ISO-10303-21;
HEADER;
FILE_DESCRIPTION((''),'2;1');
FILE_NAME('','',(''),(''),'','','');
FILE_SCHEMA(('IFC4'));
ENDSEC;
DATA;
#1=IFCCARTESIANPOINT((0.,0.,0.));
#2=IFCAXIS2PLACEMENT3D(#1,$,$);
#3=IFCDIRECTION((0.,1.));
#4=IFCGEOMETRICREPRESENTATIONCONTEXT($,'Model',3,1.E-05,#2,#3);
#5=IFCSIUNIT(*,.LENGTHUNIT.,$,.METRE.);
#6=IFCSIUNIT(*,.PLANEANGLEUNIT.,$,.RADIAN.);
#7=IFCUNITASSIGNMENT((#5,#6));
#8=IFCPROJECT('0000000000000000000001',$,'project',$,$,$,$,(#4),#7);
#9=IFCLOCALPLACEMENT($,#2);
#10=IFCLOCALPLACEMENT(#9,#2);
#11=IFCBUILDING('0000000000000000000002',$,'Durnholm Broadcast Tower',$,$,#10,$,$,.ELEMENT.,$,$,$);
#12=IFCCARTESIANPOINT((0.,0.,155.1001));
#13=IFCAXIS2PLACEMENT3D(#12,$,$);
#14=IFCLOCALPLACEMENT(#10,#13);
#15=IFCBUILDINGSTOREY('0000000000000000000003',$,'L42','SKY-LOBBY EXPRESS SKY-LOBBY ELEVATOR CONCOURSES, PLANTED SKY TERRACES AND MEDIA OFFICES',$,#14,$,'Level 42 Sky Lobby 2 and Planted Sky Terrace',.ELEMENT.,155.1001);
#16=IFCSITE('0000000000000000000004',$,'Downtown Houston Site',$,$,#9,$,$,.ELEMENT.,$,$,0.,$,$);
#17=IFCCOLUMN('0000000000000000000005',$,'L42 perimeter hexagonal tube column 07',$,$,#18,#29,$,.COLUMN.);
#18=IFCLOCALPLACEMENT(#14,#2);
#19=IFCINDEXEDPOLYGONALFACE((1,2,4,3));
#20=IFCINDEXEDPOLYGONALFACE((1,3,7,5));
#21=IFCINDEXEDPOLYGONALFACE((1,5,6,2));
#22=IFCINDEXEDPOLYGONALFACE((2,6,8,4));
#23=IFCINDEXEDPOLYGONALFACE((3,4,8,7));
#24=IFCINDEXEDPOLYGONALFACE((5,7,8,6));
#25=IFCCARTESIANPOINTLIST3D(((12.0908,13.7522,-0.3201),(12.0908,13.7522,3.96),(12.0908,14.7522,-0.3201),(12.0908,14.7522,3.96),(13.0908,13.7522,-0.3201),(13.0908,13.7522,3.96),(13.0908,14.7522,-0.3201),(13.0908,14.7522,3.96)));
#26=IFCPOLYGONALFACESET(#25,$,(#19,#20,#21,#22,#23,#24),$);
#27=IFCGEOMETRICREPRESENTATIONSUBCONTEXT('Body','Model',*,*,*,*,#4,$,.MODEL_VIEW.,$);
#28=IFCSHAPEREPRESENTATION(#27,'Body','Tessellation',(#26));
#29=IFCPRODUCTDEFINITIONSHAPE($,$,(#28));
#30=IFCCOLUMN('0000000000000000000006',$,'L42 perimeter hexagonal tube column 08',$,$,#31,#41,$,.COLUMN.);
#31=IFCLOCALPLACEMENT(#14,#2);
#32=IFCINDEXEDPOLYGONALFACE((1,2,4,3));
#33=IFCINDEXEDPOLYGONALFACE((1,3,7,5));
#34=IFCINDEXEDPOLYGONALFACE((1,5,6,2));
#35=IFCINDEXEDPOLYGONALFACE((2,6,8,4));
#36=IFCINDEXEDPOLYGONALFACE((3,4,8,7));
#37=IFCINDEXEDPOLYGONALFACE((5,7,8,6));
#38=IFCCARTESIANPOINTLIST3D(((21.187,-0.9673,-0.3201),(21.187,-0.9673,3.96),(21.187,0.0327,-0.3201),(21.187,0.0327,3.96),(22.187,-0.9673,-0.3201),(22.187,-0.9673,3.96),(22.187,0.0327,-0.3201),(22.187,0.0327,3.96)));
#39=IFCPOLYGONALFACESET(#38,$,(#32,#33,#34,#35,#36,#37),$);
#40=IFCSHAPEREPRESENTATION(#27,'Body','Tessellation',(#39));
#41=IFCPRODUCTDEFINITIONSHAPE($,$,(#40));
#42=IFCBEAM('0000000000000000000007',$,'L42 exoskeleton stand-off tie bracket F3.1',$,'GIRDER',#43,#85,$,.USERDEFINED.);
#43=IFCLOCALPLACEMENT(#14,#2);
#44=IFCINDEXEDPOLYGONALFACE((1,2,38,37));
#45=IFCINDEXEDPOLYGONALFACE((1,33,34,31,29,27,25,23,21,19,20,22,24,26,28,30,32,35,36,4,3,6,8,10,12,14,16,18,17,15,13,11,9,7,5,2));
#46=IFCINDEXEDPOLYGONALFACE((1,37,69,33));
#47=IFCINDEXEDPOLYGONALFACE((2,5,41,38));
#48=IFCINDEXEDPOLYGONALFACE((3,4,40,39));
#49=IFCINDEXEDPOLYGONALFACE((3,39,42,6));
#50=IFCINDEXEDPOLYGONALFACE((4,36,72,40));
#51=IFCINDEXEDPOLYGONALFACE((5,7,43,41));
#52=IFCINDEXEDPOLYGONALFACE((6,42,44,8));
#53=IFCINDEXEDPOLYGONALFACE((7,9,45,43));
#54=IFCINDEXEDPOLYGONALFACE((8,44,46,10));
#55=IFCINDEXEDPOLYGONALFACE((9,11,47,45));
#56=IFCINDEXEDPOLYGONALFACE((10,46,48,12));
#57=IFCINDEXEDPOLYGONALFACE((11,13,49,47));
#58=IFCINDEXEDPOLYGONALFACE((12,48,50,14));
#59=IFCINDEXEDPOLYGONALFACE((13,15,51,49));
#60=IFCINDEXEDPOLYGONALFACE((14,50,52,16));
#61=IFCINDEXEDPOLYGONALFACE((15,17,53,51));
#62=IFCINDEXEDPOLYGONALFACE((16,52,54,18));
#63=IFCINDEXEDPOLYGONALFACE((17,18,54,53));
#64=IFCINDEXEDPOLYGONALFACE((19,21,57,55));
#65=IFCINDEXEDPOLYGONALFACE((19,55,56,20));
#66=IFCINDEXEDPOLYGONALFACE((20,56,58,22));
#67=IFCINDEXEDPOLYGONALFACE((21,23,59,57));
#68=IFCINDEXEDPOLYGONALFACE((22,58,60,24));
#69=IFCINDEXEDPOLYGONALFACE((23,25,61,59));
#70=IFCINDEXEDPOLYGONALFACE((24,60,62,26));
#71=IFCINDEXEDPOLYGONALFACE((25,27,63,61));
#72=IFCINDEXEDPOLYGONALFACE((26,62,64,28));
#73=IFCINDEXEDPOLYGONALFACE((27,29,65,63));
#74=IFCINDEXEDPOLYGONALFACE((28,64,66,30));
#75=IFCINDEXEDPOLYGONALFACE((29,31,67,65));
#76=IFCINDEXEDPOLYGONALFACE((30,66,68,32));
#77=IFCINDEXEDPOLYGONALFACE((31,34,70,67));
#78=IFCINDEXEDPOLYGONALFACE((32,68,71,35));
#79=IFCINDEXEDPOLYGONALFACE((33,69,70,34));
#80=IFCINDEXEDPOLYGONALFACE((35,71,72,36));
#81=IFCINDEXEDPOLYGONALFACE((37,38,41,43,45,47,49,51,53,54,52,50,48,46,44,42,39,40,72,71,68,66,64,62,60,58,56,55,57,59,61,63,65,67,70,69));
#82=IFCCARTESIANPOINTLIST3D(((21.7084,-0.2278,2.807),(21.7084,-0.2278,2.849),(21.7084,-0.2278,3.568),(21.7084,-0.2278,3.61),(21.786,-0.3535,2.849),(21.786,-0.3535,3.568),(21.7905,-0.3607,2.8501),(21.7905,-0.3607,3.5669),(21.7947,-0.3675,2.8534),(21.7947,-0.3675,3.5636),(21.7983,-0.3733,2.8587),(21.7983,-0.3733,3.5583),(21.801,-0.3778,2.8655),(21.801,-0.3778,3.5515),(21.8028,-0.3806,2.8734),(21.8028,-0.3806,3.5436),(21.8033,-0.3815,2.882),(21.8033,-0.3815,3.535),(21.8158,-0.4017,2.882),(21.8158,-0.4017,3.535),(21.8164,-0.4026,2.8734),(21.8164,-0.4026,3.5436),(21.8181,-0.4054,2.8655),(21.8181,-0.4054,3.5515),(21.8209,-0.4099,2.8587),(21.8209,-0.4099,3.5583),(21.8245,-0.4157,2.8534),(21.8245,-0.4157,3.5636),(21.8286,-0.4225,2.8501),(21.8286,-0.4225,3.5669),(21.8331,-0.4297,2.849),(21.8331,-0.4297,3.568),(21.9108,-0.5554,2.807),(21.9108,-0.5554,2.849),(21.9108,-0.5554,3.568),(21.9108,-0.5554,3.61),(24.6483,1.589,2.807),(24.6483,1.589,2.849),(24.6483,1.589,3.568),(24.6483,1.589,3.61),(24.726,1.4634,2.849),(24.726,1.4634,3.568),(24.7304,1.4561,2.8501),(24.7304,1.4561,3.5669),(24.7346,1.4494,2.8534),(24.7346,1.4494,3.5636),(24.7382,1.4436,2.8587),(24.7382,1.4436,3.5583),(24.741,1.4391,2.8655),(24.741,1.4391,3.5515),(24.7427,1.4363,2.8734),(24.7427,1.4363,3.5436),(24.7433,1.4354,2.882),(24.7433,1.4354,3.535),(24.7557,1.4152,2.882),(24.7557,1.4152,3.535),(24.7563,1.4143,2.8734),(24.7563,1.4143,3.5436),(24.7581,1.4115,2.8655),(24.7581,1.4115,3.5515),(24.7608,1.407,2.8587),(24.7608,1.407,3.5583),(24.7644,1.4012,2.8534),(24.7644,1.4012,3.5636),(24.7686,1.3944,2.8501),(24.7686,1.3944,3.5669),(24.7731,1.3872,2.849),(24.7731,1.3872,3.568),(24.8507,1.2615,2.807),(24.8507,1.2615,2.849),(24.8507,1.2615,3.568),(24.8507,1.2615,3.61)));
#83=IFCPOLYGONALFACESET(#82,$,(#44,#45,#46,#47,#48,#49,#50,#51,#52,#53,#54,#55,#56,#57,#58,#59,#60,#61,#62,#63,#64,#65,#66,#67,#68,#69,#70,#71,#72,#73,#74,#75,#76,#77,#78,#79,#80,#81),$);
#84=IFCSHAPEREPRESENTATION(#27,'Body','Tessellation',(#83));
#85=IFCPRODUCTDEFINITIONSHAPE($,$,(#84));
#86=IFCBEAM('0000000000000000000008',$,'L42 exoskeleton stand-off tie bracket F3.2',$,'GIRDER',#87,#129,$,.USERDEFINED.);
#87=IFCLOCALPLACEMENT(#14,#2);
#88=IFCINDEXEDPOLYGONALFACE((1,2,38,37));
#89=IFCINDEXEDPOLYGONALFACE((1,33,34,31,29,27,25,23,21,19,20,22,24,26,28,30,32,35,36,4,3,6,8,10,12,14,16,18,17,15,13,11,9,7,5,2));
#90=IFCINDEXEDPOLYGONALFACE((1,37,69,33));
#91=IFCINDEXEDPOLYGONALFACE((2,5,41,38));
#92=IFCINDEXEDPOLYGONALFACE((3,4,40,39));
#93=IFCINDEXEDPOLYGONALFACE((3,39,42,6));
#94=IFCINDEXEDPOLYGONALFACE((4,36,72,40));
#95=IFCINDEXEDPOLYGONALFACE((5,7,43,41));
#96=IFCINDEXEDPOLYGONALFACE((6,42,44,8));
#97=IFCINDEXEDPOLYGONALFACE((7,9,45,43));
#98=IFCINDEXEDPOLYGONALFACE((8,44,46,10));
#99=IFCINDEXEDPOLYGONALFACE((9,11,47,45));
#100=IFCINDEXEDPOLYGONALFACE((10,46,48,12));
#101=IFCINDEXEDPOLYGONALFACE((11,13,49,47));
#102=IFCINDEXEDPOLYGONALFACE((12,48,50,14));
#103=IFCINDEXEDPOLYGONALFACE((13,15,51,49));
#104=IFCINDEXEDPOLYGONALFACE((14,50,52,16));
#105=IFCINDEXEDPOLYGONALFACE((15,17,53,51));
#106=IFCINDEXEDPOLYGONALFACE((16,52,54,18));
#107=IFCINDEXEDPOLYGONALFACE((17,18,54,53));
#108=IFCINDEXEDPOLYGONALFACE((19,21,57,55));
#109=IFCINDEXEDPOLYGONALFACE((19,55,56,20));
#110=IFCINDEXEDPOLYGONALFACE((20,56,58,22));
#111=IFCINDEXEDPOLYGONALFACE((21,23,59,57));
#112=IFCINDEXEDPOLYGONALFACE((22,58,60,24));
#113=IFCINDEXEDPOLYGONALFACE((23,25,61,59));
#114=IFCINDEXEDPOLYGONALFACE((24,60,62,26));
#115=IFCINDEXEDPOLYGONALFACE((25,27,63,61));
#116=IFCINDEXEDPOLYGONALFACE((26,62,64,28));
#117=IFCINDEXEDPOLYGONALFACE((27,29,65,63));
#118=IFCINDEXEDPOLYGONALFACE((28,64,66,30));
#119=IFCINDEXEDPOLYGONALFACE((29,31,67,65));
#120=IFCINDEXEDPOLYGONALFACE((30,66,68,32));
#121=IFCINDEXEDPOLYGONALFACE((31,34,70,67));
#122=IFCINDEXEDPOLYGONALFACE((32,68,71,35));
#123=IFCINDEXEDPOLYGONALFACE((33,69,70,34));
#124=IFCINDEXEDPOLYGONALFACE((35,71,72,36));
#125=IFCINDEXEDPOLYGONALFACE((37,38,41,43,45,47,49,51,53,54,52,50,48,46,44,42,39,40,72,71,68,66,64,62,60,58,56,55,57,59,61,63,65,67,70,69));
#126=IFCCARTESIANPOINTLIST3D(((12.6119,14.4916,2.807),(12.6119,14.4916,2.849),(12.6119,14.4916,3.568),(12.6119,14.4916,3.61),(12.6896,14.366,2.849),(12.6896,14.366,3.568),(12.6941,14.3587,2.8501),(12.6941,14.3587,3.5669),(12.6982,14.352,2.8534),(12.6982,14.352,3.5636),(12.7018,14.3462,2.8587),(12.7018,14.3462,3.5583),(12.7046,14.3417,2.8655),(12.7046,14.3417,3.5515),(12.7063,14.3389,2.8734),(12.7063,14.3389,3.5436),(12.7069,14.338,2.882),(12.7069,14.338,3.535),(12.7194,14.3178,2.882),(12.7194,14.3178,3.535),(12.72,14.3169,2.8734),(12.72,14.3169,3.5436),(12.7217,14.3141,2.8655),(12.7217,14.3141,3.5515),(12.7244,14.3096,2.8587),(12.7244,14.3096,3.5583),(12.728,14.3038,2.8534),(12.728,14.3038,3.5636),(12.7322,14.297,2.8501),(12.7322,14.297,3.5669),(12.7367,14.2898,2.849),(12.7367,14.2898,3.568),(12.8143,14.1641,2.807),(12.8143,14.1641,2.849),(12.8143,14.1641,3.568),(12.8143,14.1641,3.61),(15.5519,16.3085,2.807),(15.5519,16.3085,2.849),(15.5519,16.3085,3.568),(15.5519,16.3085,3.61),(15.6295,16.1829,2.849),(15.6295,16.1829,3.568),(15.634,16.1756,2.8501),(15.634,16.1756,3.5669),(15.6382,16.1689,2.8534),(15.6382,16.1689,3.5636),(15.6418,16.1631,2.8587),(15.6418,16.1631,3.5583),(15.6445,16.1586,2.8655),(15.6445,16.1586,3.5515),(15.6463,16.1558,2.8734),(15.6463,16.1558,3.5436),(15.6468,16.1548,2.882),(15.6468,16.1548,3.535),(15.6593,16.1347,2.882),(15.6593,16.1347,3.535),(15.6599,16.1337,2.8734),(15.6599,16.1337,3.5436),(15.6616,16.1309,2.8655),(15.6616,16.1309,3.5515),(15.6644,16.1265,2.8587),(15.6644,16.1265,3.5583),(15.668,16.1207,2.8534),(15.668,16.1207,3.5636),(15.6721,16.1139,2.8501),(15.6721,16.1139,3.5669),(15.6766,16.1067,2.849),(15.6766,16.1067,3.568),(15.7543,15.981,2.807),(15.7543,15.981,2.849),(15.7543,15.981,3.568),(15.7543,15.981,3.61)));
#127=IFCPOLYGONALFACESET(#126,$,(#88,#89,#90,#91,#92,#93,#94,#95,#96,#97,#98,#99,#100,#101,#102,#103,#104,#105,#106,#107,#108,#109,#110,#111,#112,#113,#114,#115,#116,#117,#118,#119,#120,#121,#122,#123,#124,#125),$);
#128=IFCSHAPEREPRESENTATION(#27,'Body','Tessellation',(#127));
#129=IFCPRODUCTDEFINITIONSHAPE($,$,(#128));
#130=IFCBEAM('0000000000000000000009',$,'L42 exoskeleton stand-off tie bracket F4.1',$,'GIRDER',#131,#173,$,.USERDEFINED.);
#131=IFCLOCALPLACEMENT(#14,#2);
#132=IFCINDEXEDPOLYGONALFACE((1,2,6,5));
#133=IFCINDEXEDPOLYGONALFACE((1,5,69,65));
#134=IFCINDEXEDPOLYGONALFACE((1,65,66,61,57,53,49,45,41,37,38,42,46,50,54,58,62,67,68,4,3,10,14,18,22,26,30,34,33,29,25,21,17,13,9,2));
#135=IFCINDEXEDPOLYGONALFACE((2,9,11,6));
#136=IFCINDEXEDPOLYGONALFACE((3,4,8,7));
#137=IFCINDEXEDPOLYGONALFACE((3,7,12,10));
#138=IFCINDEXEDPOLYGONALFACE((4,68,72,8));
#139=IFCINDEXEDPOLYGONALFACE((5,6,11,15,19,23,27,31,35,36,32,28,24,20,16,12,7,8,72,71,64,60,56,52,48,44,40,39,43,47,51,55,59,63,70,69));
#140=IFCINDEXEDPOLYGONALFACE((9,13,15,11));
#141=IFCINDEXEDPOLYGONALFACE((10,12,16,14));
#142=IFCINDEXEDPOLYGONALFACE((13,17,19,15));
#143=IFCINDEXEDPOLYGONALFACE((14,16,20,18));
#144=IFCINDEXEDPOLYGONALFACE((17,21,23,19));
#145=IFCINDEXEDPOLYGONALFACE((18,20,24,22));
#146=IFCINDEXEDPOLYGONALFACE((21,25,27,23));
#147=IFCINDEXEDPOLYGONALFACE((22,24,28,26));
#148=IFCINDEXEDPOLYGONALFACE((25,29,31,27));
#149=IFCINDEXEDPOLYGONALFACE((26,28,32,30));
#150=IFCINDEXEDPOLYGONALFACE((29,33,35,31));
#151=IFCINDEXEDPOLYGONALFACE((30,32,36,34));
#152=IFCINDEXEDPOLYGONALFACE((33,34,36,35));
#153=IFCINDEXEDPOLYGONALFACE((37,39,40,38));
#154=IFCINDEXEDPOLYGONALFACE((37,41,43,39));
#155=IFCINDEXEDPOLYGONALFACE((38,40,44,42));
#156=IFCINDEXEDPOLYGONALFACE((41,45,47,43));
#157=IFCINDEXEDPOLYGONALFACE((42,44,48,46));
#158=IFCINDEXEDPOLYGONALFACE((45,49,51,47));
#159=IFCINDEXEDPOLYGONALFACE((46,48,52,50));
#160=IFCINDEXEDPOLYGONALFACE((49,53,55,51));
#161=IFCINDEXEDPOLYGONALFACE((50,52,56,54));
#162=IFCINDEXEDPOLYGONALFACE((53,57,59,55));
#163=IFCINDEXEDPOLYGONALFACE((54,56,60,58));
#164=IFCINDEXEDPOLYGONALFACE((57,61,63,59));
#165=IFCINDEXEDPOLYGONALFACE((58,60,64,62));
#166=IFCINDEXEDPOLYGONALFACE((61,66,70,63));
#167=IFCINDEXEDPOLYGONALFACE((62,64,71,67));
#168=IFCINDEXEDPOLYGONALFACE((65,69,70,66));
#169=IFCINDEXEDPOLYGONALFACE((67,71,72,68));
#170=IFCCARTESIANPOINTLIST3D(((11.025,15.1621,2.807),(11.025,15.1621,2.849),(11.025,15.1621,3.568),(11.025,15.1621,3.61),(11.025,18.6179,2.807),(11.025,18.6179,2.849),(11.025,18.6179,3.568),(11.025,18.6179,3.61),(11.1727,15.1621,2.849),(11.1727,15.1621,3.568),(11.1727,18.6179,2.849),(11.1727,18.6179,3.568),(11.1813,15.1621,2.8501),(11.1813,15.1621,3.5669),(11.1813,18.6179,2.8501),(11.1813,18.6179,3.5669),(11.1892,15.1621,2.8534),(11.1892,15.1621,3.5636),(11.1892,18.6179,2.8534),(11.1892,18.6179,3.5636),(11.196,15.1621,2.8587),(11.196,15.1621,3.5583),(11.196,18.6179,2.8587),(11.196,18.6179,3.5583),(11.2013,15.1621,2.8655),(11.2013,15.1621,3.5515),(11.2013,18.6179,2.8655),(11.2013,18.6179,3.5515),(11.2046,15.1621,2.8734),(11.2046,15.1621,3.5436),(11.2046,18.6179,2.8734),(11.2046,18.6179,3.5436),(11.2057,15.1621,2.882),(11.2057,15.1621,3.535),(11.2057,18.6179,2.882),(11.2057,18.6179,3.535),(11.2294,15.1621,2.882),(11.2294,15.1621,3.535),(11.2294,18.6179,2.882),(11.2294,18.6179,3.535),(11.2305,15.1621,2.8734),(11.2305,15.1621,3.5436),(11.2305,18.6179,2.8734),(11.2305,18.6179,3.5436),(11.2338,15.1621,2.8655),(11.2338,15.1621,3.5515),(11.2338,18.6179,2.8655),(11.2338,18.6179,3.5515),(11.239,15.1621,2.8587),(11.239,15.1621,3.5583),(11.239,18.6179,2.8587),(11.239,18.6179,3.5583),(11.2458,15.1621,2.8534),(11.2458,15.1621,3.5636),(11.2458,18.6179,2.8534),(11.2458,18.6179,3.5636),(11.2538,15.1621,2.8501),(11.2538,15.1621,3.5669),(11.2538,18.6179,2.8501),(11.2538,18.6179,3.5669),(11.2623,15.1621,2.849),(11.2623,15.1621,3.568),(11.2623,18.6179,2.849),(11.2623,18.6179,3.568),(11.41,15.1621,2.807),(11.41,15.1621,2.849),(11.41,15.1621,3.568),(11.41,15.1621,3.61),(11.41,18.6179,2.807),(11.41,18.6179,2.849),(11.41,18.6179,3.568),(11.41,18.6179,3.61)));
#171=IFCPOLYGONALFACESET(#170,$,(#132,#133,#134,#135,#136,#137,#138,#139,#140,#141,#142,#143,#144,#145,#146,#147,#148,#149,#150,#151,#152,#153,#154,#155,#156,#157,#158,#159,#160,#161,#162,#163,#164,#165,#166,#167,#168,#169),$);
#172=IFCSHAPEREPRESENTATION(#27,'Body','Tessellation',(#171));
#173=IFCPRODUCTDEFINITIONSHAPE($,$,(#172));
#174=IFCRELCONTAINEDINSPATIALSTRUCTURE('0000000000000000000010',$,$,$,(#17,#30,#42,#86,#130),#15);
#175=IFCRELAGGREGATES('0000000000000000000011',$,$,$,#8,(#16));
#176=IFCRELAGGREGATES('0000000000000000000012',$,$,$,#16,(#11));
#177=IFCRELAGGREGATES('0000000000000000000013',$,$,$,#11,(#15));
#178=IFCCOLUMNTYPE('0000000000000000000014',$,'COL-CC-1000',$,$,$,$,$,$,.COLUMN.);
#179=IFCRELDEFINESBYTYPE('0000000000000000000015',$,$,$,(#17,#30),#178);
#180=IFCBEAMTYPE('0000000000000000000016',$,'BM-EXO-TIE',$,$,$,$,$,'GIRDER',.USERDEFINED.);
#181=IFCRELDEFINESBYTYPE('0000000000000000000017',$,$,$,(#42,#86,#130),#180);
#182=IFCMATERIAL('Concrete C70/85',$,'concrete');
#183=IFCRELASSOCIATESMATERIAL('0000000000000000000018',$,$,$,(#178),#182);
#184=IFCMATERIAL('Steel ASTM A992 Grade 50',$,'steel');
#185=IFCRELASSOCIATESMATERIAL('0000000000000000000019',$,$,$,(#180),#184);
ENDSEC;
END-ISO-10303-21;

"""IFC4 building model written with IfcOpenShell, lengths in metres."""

from ifc_helpers import new_model, si_unit, direction, frame, origin, origin_2d, place, context, subcontext, project, spatial, rectangle, i_section, extrude, source, transform, mapped, material, material_profile, profile_set, type_object, type_shapes, element, save


model = new_model("IFC4")

# Units and contexts
model_context = context("Model", 3, precision=1e-05, world=origin(), true_north=direction((0.0, 1.0)))
body_context = subcontext(model_context, "Body", "Model", "MODEL_VIEW")
ifc_project = project(units=[si_unit("LENGTHUNIT", "METRE"), si_unit("PLANEANGLEUNIT", "RADIAN")], contexts=[model_context])

# Site, building, storey
site_placement = place(None, origin())
site = spatial("IfcSite", under=ifc_project, at=site_placement, Name="Downtown Houston Site", CompositionType="ELEMENT", RefElevation=0.0)
building_placement = place(site_placement, origin())
building = spatial("IfcBuilding", under=site, at=building_placement, Name="Durnholm Broadcast Tower", CompositionType="ELEMENT")
storey_placement = place(building_placement, frame((0.0, 0.0, 155.1001)))
storey = spatial("IfcBuildingStorey", under=building, at=storey_placement, Name="L42", Description="SKY-LOBBY EXPRESS SKY-LOBBY ELEVATOR CONCOURSES, PLANTED SKY TERRACES AND MEDIA OFFICES", LongName="Level 42 Sky Lobby 2 and Planted Sky Terrace", CompositionType="ELEMENT", Elevation=155.1001)

# Columns
ifc_material_1 = material(Name="Concrete C70/85", Category="concrete")
ifc_material_profile_1 = material_profile(ifc_material_1, rectangle(XDim=1.0, YDim=1.0, at=origin_2d()), Name="RC1000X1000")
ifc_profile_set_1 = profile_set([ifc_material_profile_1], Name="Concrete C70/85")
column_type = type_object("IfcColumnType", Name="COL-CC-1000", PredefinedType="COLUMN", material=ifc_profile_set_1)
shared_shape_1 = source(origin(), body_context, "Body", "SweptSolid", [
    extrude(rectangle(XDim=1.0, YDim=1.0, at=origin_2d()), origin(), (0.0, 0.0, 1.0), 4.28),
])
type_shapes(column_type, [shared_shape_1])
for number, where, z_axis, x_axis, name in (
    (1, (12.5908, 14.2522, -0.3201), (0.0, 0.0, 1.0), (1.0, 0.0, 0.0), "L42 perimeter hexagonal tube column 07"),
    (2, (21.687, -0.4673, -0.3201), (0.0, 0.0, 1.0), (1.0, 0.0, 0.0), "L42 perimeter hexagonal tube column 08"),
):
    element("IfcColumn", number, at=place(storey_placement, frame(where, z_axis=z_axis, x_axis=x_axis)), inside=storey, type_object=column_type, Name=name, PredefinedType="COLUMN", context=body_context, shape_type="MappedRepresentation", body=[
        mapped(shared_shape_1, transform((0.0, 0.0, 0.0), x_axis=(1.0, 0.0, 0.0), y_axis=(0.0, 1.0, 0.0), z_axis=(0.0, 0.0, 1.0), scale=1.0)),
    ])

# Beams
ifc_material_2 = material(Name="Steel ASTM A992 Grade 50", Category="steel")
ifc_material_profile_2 = material_profile(ifc_material_2, i_section(OverallWidth=0.385, OverallDepth=0.803, WebThickness=0.0237, FlangeThickness=0.042, FilletRadius=0.033, at=origin_2d()), Name="W30X261")
ifc_profile_set_2 = profile_set([ifc_material_profile_2], Name="Steel ASTM A992 Grade 50")
beam_type_1 = type_object("IfcBeamType", Name="BM-EXO-TIE", ElementType="GIRDER", PredefinedType="USERDEFINED", material=ifc_profile_set_2)
shared_shape_2 = source(origin(), body_context, "Body", "SweptSolid", [
    extrude(i_section(OverallWidth=0.385, OverallDepth=0.803, WebThickness=0.0237, FlangeThickness=0.042, FilletRadius=0.033, at=origin_2d()), origin(), (0.0, 0.0, 1.0), 3.4561),
])
for number, where, z_axis, x_axis, name in (
    (3, (21.8096, -0.3916, 3.2085), (0.850662, 0.525712, 0.0), (-0.525712, 0.850662, 0.0), "L42 exoskeleton stand-off tie bracket F3.1"),
    (4, (12.7131, 14.3279, 3.2085), (0.850662, 0.525712, 0.0), (-0.525712, 0.850662, 0.0), "L42 exoskeleton stand-off tie bracket F3.2"),
):
    element("IfcBeam", number, at=place(storey_placement, frame(where, z_axis=z_axis, x_axis=x_axis)), inside=storey, type_object=beam_type_1, Name=name, ObjectType="GIRDER", PredefinedType="USERDEFINED", context=body_context, shape_type="MappedRepresentation", body=[
        mapped(shared_shape_2, transform((0.0, 0.0, 0.0), x_axis=(1.0, 0.0, 0.0), y_axis=(0.0, 1.0, 0.0), z_axis=(0.0, 0.0, 1.0), scale=1.0)),
    ])
shared_shape_3 = source(origin(), body_context, "Body", "SweptSolid", [
    extrude(i_section(OverallWidth=0.385, OverallDepth=0.803, WebThickness=0.0237, FlangeThickness=0.042, FilletRadius=0.033, at=origin_2d()), origin(), (0.0, 0.0, 1.0), 3.4558),
])
beam_1_placement = place(storey_placement, frame((11.2175, 15.1621, 3.2085), z_axis=(0.0, 1.0, 0.0), x_axis=(-1.0, 0.0, 0.0)))
element("IfcBeam", 5, at=beam_1_placement, inside=storey, type_object=beam_type_1, Name="L42 exoskeleton stand-off tie bracket F4.1", ObjectType="GIRDER", PredefinedType="USERDEFINED", context=body_context, shape_type="MappedRepresentation", body=[
    mapped(shared_shape_3, transform((0.0, 0.0, 0.0), x_axis=(1.0, 0.0, 0.0), y_axis=(0.0, 1.0, 0.0), z_axis=(0.0, 0.0, 1.0), scale=1.0)),
])

save(model, "model.ifc")
